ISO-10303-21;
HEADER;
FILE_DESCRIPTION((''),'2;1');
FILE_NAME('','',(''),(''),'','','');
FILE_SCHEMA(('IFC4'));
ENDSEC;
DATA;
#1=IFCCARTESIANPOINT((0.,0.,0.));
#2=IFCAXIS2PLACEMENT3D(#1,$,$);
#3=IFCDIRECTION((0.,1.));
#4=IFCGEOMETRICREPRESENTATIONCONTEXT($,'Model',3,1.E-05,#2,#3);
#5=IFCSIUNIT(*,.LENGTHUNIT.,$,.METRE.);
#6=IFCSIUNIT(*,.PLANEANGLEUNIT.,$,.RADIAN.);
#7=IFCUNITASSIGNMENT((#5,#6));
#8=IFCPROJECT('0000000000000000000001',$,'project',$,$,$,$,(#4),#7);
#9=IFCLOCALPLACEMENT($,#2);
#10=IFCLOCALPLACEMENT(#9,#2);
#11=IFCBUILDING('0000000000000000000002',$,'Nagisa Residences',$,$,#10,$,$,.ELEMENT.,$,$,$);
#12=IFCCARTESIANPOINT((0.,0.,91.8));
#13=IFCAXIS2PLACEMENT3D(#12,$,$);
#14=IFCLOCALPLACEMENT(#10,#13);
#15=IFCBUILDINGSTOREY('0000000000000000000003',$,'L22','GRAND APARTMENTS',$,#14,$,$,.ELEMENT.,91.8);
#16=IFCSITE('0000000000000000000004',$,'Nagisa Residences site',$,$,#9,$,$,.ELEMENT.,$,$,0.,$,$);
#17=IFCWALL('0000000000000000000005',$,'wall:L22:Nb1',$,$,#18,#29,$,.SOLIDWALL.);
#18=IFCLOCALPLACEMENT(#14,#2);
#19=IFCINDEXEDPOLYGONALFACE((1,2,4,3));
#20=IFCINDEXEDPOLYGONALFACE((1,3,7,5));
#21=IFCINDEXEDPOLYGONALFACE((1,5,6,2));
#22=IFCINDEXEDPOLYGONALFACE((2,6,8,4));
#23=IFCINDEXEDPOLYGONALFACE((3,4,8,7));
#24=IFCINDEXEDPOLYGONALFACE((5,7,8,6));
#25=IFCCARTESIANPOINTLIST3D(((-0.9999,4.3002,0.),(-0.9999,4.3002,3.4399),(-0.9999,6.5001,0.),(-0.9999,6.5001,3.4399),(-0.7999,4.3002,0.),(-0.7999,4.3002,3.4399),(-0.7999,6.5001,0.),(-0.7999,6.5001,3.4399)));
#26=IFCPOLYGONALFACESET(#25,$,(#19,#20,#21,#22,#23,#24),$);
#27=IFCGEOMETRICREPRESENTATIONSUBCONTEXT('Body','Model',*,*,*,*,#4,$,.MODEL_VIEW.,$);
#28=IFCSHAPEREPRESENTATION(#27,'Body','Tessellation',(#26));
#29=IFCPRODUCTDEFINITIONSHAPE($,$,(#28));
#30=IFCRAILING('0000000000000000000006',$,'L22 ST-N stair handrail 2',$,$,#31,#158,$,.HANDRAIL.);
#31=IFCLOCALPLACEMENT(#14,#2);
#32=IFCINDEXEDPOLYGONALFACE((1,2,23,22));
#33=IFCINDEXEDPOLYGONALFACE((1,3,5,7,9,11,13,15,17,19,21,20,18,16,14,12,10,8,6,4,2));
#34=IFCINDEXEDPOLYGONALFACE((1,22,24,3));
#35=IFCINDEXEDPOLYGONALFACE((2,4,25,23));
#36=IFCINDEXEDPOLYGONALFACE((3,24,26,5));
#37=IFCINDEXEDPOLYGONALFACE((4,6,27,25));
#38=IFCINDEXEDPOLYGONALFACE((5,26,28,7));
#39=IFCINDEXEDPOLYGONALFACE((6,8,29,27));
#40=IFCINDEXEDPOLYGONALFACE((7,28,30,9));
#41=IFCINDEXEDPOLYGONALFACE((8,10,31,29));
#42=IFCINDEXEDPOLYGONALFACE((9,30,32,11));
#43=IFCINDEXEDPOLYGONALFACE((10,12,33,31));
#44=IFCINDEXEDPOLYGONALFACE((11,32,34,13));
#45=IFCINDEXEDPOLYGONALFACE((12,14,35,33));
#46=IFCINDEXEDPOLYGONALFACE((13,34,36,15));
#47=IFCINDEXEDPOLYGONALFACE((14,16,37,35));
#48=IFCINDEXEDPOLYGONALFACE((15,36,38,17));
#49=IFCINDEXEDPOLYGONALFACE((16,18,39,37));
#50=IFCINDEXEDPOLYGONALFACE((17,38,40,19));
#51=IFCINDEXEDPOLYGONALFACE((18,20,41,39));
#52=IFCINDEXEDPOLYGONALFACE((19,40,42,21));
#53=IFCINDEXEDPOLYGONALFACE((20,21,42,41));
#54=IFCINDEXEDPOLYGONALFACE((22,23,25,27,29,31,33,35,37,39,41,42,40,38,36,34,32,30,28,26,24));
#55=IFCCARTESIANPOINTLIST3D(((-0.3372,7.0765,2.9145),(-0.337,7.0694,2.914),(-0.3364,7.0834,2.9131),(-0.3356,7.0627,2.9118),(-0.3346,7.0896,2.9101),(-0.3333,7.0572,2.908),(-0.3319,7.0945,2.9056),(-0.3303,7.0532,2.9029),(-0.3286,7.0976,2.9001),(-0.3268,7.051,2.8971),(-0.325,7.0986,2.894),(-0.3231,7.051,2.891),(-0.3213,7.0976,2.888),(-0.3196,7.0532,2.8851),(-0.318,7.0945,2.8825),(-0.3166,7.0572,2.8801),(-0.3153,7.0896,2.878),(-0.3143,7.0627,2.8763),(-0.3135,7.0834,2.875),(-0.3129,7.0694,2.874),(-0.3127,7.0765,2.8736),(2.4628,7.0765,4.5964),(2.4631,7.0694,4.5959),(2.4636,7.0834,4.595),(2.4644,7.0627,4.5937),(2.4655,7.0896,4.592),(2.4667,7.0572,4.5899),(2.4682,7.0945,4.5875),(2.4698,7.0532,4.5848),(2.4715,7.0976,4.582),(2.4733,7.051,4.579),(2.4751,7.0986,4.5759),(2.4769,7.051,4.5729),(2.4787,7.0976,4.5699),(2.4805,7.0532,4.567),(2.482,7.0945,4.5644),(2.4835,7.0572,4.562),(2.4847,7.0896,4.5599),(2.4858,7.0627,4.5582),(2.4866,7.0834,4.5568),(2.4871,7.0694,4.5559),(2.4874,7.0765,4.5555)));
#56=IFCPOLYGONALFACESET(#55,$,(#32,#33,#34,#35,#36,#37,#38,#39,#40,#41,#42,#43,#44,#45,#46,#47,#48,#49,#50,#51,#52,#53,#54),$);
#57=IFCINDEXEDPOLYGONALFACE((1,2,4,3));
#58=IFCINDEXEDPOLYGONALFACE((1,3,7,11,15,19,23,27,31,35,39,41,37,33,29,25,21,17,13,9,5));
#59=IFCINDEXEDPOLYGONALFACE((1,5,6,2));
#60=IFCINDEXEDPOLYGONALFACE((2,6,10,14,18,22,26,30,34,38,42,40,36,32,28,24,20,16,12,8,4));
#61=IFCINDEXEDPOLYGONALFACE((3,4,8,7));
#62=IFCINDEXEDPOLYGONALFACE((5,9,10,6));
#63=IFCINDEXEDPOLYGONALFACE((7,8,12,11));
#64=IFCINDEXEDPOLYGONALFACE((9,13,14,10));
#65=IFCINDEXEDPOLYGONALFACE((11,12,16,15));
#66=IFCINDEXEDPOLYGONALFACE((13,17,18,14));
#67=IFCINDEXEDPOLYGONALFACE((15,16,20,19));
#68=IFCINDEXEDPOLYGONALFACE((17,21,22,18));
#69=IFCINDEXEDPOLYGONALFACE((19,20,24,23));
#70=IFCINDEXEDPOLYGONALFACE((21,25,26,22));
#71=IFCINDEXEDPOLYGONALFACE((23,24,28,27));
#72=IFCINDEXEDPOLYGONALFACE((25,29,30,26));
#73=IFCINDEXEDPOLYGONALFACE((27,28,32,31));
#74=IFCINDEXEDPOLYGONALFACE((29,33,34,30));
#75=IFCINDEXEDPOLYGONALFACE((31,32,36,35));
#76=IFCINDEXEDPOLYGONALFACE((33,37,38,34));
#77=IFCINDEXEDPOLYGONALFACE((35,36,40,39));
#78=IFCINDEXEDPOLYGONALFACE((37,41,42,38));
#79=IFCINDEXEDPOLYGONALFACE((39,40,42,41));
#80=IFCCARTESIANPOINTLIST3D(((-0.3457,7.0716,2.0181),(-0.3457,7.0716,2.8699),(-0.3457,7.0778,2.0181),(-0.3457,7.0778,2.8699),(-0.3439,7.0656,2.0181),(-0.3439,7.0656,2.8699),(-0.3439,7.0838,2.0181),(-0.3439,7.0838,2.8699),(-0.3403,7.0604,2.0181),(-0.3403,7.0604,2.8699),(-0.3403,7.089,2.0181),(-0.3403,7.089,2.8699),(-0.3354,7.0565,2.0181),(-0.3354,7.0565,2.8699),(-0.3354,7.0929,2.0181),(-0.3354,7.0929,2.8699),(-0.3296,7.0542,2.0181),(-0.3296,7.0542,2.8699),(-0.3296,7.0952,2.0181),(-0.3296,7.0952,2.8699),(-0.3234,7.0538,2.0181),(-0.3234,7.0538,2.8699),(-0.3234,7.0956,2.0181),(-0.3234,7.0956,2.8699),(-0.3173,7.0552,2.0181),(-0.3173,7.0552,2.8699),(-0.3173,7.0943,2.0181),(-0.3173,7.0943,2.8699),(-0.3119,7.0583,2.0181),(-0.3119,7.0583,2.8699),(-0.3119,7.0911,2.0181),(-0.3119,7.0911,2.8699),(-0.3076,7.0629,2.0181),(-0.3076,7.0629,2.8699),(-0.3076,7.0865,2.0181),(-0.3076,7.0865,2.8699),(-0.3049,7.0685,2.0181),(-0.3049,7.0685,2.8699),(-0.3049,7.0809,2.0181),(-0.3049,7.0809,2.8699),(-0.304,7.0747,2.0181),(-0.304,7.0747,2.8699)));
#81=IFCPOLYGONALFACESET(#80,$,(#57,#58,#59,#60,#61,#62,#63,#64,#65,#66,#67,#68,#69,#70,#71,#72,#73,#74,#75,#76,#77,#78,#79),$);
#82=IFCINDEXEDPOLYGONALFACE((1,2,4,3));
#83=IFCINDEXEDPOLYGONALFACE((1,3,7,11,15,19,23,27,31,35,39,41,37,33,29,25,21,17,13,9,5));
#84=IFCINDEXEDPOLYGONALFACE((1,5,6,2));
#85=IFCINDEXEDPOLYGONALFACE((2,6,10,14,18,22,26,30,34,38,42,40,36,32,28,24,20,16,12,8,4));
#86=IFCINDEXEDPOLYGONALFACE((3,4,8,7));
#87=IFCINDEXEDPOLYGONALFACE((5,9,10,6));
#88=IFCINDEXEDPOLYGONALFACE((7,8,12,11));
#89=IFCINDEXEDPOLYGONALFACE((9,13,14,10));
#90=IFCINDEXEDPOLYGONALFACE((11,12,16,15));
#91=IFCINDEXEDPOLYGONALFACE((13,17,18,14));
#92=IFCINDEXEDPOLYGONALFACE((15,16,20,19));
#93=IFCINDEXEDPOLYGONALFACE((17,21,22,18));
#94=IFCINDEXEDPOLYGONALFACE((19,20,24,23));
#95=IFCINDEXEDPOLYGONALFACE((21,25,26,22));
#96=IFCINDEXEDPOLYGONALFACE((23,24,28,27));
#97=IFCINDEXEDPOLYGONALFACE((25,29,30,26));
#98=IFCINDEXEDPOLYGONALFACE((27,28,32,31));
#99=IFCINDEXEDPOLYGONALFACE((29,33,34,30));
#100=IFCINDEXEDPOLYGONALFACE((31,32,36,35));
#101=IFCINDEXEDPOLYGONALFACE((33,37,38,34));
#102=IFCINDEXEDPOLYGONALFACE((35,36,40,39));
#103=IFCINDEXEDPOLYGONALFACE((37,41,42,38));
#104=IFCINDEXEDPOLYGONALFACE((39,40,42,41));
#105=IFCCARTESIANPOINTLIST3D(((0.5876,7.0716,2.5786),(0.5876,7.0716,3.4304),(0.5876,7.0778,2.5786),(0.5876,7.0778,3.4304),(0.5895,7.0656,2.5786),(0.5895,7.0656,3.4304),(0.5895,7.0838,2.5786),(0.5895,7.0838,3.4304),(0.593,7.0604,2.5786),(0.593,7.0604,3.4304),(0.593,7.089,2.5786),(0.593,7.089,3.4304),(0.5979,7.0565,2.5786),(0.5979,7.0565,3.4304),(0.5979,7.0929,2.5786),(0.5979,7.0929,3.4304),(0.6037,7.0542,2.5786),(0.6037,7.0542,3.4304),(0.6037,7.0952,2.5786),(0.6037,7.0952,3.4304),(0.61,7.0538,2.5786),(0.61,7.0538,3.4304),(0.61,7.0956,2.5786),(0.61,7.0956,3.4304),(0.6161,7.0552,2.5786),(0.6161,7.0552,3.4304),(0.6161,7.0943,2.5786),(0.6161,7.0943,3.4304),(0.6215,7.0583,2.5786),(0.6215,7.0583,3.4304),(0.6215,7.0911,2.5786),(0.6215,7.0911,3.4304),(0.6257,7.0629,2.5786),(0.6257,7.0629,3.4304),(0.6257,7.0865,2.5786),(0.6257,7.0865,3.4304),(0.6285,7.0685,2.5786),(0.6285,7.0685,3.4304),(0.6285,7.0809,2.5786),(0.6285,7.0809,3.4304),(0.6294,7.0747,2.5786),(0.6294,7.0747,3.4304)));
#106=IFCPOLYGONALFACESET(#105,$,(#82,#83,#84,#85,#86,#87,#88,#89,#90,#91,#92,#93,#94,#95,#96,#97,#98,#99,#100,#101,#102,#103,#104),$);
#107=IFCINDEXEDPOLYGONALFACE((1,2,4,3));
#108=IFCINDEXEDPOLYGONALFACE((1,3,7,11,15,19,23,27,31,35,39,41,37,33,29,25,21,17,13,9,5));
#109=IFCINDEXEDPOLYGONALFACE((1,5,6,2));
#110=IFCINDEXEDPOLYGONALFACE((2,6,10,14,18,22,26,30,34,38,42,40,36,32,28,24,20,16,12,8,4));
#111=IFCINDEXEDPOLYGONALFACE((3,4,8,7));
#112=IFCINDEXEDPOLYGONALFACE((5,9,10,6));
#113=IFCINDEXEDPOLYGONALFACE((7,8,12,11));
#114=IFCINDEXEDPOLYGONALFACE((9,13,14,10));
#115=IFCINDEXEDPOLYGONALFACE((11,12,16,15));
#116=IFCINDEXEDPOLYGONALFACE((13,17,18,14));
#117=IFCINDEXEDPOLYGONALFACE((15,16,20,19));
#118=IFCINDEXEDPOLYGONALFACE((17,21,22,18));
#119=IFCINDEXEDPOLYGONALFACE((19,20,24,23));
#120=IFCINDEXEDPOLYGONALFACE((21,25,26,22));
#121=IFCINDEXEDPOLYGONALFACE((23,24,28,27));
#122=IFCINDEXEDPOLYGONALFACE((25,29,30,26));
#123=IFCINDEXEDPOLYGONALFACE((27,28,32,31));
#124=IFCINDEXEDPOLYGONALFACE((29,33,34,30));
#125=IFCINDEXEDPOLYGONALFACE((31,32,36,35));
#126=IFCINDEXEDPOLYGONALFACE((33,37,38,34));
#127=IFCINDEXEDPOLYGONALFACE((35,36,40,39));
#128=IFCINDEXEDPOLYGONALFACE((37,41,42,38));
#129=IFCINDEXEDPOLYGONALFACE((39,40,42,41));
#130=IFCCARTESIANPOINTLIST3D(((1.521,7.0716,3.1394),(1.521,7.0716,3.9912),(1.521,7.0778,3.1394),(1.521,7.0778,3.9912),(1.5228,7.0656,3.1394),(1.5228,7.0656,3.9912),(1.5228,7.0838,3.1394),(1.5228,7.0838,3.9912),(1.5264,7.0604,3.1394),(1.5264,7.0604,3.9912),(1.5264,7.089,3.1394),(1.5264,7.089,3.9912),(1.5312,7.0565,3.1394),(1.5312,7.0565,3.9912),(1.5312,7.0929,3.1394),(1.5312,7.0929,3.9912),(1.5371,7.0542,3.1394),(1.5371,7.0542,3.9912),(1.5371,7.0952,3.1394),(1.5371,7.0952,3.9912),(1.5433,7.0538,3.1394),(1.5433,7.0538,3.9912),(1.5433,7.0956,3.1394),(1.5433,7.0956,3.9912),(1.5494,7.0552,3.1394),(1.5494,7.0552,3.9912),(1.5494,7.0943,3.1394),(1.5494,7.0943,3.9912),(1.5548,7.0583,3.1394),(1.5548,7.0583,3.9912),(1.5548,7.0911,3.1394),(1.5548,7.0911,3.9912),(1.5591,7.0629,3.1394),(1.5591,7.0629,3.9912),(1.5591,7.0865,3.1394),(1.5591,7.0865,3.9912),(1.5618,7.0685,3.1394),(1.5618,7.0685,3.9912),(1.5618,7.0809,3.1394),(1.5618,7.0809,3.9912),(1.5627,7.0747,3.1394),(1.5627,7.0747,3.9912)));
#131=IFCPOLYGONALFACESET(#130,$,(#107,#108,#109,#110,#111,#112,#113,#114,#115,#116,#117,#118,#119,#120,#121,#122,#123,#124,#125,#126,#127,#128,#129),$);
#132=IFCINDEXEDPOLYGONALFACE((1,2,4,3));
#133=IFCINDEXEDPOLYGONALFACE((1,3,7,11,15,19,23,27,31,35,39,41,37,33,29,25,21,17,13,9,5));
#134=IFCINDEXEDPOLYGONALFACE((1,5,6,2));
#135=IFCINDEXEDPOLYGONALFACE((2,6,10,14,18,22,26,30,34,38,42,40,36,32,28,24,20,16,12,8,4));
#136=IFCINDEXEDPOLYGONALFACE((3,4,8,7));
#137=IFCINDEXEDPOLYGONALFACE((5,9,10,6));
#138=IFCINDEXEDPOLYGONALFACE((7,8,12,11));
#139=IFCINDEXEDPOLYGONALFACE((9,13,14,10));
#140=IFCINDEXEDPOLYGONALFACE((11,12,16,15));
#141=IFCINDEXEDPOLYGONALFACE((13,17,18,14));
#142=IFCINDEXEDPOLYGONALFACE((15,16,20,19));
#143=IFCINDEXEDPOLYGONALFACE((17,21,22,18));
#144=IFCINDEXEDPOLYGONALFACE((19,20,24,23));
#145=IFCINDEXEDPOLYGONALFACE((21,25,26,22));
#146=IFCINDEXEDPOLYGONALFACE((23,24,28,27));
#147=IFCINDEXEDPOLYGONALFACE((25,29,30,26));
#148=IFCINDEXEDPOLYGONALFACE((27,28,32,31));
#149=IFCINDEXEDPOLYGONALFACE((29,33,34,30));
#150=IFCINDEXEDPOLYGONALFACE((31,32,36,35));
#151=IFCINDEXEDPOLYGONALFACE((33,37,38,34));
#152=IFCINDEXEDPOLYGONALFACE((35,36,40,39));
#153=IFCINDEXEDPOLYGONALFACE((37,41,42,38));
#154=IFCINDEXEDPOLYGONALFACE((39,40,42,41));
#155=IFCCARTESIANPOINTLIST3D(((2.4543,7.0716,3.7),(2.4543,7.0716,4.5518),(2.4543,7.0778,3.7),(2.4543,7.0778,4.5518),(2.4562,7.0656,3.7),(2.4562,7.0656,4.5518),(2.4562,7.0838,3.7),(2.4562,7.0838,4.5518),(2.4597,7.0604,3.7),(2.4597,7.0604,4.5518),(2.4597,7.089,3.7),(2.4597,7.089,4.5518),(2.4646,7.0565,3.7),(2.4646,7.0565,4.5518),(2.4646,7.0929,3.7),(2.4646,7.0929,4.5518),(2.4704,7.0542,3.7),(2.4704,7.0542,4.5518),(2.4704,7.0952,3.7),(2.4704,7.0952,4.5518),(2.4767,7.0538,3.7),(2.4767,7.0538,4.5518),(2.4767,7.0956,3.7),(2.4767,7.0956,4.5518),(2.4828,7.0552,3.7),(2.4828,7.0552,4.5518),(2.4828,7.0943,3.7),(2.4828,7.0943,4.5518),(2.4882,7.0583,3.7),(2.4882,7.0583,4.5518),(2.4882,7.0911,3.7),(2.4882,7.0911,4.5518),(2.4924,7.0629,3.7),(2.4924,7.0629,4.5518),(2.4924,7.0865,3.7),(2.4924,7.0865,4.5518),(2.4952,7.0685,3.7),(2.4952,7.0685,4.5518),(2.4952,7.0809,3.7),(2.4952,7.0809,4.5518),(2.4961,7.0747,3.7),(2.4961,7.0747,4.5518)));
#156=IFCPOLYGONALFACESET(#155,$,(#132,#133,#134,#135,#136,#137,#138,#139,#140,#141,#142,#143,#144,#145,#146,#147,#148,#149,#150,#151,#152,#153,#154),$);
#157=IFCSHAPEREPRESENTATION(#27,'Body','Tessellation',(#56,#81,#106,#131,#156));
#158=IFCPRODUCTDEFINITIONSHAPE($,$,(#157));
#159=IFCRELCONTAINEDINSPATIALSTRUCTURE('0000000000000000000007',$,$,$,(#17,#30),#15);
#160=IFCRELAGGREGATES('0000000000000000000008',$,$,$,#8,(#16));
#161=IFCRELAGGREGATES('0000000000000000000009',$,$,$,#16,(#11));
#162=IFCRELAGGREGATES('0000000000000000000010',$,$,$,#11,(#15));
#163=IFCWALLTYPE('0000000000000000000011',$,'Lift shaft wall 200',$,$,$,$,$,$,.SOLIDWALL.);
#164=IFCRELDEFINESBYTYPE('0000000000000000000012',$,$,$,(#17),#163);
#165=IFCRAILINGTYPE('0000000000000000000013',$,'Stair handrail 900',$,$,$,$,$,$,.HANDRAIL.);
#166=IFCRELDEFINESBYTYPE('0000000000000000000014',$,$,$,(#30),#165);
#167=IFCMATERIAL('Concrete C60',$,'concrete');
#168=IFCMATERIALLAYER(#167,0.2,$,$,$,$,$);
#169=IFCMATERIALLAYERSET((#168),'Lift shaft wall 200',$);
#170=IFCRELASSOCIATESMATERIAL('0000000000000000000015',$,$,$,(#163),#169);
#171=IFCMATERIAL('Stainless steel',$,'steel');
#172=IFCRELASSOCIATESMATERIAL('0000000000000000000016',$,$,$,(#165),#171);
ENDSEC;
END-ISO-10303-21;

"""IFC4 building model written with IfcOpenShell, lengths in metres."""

from ifc_helpers import new_model, si_unit, direction, frame, frame_2d, origin, origin_2d, place, context, subcontext, project, spatial, rectangle, circle, extrude, material, layer, layer_set, type_object, element, save


model = new_model("IFC4")

# Units and contexts
model_context = context("Model", 3, precision=1e-05, world=origin(), true_north=direction((0.0, 1.0)))
body_context = subcontext(model_context, "Body", "Model", "MODEL_VIEW")
ifc_project = project(units=[si_unit("LENGTHUNIT", "METRE"), si_unit("PLANEANGLEUNIT", "RADIAN")], contexts=[model_context])

# Site, building, storey
site_placement = place(None, origin())
site = spatial("IfcSite", under=ifc_project, at=site_placement, Name="Nagisa Residences site", CompositionType="ELEMENT", RefElevation=0.0)
building_placement = place(site_placement, origin())
building = spatial("IfcBuilding", under=site, at=building_placement, Name="Nagisa Residences", CompositionType="ELEMENT")
storey_placement = place(building_placement, frame((0.0, 0.0, 91.8)))
storey = spatial("IfcBuildingStorey", under=building, at=storey_placement, Name="L22", Description="GRAND APARTMENTS", CompositionType="ELEMENT", Elevation=91.8)

# Shared definitions
ifc_material_1 = material(Name="Concrete C60", Category="concrete")
ifc_layer_1 = layer(ifc_material_1, 0.2)
ifc_layer_set_1 = layer_set([ifc_layer_1], Name="Lift shaft wall 200")
wall_type_1 = type_object("IfcWallType", Name="Lift shaft wall 200", PredefinedType="SOLIDWALL", material=ifc_layer_set_1)

# Wall
wall_1_placement = place(storey_placement, frame((-0.8999, 4.3, 0.0), z_axis=(0.0, 0.0, 1.0), x_axis=(0.0, 1.0, 0.0)))
element("IfcWall", 1, at=wall_1_placement, inside=storey, type_object=wall_type_1, Name="wall:L22:Nb1", PredefinedType="SOLIDWALL", context=body_context, shape_type="SweptSolid", body=[
    extrude(rectangle(XDim=2.2, YDim=0.2, at=frame_2d((1.1001, 0.0))), origin(), (0.0, 0.0, 1.0), 3.4399),
])

# Railing
ifc_material_2 = material(Name="Stainless steel", Category="steel")
railing_type = type_object("IfcRailingType", Name="Stair handrail 900", PredefinedType="HANDRAIL", material=ifc_material_2)
railing_placement = place(storey_placement, frame((-0.325, 7.0747, 2.0181)))
element("IfcRailing", 2, at=railing_placement, inside=storey, type_object=railing_type, Name="L22 ST-N stair handrail 2", PredefinedType="HANDRAIL", context=body_context, shape_type="SweptSolid", body=[
    extrude(circle(Radius=0.0239, at=origin_2d()), frame((0.0, 0.0, 0.876), z_axis=(0.857242, 0.0, 0.514913), x_axis=(0.0, 1.0, 0.0)), (0.0, 0.0, 1.0), 3.2664),
    extrude(circle(Radius=0.021, at=origin_2d()), origin(), (0.0, 0.0, 1.0), 0.8518),
    extrude(circle(Radius=0.021, at=origin_2d()), frame((0.9333, 0.0, 0.5605)), (0.0, 0.0, 1.0), 0.8518),
    extrude(circle(Radius=0.021, at=origin_2d()), frame((1.8667, 0.0, 1.1213)), (0.0, 0.0, 1.0), 0.8518),
    extrude(circle(Radius=0.021, at=origin_2d()), frame((2.8, 0.0, 1.6819)), (0.0, 0.0, 1.0), 0.8518),
])

save(model, "model.ifc")
